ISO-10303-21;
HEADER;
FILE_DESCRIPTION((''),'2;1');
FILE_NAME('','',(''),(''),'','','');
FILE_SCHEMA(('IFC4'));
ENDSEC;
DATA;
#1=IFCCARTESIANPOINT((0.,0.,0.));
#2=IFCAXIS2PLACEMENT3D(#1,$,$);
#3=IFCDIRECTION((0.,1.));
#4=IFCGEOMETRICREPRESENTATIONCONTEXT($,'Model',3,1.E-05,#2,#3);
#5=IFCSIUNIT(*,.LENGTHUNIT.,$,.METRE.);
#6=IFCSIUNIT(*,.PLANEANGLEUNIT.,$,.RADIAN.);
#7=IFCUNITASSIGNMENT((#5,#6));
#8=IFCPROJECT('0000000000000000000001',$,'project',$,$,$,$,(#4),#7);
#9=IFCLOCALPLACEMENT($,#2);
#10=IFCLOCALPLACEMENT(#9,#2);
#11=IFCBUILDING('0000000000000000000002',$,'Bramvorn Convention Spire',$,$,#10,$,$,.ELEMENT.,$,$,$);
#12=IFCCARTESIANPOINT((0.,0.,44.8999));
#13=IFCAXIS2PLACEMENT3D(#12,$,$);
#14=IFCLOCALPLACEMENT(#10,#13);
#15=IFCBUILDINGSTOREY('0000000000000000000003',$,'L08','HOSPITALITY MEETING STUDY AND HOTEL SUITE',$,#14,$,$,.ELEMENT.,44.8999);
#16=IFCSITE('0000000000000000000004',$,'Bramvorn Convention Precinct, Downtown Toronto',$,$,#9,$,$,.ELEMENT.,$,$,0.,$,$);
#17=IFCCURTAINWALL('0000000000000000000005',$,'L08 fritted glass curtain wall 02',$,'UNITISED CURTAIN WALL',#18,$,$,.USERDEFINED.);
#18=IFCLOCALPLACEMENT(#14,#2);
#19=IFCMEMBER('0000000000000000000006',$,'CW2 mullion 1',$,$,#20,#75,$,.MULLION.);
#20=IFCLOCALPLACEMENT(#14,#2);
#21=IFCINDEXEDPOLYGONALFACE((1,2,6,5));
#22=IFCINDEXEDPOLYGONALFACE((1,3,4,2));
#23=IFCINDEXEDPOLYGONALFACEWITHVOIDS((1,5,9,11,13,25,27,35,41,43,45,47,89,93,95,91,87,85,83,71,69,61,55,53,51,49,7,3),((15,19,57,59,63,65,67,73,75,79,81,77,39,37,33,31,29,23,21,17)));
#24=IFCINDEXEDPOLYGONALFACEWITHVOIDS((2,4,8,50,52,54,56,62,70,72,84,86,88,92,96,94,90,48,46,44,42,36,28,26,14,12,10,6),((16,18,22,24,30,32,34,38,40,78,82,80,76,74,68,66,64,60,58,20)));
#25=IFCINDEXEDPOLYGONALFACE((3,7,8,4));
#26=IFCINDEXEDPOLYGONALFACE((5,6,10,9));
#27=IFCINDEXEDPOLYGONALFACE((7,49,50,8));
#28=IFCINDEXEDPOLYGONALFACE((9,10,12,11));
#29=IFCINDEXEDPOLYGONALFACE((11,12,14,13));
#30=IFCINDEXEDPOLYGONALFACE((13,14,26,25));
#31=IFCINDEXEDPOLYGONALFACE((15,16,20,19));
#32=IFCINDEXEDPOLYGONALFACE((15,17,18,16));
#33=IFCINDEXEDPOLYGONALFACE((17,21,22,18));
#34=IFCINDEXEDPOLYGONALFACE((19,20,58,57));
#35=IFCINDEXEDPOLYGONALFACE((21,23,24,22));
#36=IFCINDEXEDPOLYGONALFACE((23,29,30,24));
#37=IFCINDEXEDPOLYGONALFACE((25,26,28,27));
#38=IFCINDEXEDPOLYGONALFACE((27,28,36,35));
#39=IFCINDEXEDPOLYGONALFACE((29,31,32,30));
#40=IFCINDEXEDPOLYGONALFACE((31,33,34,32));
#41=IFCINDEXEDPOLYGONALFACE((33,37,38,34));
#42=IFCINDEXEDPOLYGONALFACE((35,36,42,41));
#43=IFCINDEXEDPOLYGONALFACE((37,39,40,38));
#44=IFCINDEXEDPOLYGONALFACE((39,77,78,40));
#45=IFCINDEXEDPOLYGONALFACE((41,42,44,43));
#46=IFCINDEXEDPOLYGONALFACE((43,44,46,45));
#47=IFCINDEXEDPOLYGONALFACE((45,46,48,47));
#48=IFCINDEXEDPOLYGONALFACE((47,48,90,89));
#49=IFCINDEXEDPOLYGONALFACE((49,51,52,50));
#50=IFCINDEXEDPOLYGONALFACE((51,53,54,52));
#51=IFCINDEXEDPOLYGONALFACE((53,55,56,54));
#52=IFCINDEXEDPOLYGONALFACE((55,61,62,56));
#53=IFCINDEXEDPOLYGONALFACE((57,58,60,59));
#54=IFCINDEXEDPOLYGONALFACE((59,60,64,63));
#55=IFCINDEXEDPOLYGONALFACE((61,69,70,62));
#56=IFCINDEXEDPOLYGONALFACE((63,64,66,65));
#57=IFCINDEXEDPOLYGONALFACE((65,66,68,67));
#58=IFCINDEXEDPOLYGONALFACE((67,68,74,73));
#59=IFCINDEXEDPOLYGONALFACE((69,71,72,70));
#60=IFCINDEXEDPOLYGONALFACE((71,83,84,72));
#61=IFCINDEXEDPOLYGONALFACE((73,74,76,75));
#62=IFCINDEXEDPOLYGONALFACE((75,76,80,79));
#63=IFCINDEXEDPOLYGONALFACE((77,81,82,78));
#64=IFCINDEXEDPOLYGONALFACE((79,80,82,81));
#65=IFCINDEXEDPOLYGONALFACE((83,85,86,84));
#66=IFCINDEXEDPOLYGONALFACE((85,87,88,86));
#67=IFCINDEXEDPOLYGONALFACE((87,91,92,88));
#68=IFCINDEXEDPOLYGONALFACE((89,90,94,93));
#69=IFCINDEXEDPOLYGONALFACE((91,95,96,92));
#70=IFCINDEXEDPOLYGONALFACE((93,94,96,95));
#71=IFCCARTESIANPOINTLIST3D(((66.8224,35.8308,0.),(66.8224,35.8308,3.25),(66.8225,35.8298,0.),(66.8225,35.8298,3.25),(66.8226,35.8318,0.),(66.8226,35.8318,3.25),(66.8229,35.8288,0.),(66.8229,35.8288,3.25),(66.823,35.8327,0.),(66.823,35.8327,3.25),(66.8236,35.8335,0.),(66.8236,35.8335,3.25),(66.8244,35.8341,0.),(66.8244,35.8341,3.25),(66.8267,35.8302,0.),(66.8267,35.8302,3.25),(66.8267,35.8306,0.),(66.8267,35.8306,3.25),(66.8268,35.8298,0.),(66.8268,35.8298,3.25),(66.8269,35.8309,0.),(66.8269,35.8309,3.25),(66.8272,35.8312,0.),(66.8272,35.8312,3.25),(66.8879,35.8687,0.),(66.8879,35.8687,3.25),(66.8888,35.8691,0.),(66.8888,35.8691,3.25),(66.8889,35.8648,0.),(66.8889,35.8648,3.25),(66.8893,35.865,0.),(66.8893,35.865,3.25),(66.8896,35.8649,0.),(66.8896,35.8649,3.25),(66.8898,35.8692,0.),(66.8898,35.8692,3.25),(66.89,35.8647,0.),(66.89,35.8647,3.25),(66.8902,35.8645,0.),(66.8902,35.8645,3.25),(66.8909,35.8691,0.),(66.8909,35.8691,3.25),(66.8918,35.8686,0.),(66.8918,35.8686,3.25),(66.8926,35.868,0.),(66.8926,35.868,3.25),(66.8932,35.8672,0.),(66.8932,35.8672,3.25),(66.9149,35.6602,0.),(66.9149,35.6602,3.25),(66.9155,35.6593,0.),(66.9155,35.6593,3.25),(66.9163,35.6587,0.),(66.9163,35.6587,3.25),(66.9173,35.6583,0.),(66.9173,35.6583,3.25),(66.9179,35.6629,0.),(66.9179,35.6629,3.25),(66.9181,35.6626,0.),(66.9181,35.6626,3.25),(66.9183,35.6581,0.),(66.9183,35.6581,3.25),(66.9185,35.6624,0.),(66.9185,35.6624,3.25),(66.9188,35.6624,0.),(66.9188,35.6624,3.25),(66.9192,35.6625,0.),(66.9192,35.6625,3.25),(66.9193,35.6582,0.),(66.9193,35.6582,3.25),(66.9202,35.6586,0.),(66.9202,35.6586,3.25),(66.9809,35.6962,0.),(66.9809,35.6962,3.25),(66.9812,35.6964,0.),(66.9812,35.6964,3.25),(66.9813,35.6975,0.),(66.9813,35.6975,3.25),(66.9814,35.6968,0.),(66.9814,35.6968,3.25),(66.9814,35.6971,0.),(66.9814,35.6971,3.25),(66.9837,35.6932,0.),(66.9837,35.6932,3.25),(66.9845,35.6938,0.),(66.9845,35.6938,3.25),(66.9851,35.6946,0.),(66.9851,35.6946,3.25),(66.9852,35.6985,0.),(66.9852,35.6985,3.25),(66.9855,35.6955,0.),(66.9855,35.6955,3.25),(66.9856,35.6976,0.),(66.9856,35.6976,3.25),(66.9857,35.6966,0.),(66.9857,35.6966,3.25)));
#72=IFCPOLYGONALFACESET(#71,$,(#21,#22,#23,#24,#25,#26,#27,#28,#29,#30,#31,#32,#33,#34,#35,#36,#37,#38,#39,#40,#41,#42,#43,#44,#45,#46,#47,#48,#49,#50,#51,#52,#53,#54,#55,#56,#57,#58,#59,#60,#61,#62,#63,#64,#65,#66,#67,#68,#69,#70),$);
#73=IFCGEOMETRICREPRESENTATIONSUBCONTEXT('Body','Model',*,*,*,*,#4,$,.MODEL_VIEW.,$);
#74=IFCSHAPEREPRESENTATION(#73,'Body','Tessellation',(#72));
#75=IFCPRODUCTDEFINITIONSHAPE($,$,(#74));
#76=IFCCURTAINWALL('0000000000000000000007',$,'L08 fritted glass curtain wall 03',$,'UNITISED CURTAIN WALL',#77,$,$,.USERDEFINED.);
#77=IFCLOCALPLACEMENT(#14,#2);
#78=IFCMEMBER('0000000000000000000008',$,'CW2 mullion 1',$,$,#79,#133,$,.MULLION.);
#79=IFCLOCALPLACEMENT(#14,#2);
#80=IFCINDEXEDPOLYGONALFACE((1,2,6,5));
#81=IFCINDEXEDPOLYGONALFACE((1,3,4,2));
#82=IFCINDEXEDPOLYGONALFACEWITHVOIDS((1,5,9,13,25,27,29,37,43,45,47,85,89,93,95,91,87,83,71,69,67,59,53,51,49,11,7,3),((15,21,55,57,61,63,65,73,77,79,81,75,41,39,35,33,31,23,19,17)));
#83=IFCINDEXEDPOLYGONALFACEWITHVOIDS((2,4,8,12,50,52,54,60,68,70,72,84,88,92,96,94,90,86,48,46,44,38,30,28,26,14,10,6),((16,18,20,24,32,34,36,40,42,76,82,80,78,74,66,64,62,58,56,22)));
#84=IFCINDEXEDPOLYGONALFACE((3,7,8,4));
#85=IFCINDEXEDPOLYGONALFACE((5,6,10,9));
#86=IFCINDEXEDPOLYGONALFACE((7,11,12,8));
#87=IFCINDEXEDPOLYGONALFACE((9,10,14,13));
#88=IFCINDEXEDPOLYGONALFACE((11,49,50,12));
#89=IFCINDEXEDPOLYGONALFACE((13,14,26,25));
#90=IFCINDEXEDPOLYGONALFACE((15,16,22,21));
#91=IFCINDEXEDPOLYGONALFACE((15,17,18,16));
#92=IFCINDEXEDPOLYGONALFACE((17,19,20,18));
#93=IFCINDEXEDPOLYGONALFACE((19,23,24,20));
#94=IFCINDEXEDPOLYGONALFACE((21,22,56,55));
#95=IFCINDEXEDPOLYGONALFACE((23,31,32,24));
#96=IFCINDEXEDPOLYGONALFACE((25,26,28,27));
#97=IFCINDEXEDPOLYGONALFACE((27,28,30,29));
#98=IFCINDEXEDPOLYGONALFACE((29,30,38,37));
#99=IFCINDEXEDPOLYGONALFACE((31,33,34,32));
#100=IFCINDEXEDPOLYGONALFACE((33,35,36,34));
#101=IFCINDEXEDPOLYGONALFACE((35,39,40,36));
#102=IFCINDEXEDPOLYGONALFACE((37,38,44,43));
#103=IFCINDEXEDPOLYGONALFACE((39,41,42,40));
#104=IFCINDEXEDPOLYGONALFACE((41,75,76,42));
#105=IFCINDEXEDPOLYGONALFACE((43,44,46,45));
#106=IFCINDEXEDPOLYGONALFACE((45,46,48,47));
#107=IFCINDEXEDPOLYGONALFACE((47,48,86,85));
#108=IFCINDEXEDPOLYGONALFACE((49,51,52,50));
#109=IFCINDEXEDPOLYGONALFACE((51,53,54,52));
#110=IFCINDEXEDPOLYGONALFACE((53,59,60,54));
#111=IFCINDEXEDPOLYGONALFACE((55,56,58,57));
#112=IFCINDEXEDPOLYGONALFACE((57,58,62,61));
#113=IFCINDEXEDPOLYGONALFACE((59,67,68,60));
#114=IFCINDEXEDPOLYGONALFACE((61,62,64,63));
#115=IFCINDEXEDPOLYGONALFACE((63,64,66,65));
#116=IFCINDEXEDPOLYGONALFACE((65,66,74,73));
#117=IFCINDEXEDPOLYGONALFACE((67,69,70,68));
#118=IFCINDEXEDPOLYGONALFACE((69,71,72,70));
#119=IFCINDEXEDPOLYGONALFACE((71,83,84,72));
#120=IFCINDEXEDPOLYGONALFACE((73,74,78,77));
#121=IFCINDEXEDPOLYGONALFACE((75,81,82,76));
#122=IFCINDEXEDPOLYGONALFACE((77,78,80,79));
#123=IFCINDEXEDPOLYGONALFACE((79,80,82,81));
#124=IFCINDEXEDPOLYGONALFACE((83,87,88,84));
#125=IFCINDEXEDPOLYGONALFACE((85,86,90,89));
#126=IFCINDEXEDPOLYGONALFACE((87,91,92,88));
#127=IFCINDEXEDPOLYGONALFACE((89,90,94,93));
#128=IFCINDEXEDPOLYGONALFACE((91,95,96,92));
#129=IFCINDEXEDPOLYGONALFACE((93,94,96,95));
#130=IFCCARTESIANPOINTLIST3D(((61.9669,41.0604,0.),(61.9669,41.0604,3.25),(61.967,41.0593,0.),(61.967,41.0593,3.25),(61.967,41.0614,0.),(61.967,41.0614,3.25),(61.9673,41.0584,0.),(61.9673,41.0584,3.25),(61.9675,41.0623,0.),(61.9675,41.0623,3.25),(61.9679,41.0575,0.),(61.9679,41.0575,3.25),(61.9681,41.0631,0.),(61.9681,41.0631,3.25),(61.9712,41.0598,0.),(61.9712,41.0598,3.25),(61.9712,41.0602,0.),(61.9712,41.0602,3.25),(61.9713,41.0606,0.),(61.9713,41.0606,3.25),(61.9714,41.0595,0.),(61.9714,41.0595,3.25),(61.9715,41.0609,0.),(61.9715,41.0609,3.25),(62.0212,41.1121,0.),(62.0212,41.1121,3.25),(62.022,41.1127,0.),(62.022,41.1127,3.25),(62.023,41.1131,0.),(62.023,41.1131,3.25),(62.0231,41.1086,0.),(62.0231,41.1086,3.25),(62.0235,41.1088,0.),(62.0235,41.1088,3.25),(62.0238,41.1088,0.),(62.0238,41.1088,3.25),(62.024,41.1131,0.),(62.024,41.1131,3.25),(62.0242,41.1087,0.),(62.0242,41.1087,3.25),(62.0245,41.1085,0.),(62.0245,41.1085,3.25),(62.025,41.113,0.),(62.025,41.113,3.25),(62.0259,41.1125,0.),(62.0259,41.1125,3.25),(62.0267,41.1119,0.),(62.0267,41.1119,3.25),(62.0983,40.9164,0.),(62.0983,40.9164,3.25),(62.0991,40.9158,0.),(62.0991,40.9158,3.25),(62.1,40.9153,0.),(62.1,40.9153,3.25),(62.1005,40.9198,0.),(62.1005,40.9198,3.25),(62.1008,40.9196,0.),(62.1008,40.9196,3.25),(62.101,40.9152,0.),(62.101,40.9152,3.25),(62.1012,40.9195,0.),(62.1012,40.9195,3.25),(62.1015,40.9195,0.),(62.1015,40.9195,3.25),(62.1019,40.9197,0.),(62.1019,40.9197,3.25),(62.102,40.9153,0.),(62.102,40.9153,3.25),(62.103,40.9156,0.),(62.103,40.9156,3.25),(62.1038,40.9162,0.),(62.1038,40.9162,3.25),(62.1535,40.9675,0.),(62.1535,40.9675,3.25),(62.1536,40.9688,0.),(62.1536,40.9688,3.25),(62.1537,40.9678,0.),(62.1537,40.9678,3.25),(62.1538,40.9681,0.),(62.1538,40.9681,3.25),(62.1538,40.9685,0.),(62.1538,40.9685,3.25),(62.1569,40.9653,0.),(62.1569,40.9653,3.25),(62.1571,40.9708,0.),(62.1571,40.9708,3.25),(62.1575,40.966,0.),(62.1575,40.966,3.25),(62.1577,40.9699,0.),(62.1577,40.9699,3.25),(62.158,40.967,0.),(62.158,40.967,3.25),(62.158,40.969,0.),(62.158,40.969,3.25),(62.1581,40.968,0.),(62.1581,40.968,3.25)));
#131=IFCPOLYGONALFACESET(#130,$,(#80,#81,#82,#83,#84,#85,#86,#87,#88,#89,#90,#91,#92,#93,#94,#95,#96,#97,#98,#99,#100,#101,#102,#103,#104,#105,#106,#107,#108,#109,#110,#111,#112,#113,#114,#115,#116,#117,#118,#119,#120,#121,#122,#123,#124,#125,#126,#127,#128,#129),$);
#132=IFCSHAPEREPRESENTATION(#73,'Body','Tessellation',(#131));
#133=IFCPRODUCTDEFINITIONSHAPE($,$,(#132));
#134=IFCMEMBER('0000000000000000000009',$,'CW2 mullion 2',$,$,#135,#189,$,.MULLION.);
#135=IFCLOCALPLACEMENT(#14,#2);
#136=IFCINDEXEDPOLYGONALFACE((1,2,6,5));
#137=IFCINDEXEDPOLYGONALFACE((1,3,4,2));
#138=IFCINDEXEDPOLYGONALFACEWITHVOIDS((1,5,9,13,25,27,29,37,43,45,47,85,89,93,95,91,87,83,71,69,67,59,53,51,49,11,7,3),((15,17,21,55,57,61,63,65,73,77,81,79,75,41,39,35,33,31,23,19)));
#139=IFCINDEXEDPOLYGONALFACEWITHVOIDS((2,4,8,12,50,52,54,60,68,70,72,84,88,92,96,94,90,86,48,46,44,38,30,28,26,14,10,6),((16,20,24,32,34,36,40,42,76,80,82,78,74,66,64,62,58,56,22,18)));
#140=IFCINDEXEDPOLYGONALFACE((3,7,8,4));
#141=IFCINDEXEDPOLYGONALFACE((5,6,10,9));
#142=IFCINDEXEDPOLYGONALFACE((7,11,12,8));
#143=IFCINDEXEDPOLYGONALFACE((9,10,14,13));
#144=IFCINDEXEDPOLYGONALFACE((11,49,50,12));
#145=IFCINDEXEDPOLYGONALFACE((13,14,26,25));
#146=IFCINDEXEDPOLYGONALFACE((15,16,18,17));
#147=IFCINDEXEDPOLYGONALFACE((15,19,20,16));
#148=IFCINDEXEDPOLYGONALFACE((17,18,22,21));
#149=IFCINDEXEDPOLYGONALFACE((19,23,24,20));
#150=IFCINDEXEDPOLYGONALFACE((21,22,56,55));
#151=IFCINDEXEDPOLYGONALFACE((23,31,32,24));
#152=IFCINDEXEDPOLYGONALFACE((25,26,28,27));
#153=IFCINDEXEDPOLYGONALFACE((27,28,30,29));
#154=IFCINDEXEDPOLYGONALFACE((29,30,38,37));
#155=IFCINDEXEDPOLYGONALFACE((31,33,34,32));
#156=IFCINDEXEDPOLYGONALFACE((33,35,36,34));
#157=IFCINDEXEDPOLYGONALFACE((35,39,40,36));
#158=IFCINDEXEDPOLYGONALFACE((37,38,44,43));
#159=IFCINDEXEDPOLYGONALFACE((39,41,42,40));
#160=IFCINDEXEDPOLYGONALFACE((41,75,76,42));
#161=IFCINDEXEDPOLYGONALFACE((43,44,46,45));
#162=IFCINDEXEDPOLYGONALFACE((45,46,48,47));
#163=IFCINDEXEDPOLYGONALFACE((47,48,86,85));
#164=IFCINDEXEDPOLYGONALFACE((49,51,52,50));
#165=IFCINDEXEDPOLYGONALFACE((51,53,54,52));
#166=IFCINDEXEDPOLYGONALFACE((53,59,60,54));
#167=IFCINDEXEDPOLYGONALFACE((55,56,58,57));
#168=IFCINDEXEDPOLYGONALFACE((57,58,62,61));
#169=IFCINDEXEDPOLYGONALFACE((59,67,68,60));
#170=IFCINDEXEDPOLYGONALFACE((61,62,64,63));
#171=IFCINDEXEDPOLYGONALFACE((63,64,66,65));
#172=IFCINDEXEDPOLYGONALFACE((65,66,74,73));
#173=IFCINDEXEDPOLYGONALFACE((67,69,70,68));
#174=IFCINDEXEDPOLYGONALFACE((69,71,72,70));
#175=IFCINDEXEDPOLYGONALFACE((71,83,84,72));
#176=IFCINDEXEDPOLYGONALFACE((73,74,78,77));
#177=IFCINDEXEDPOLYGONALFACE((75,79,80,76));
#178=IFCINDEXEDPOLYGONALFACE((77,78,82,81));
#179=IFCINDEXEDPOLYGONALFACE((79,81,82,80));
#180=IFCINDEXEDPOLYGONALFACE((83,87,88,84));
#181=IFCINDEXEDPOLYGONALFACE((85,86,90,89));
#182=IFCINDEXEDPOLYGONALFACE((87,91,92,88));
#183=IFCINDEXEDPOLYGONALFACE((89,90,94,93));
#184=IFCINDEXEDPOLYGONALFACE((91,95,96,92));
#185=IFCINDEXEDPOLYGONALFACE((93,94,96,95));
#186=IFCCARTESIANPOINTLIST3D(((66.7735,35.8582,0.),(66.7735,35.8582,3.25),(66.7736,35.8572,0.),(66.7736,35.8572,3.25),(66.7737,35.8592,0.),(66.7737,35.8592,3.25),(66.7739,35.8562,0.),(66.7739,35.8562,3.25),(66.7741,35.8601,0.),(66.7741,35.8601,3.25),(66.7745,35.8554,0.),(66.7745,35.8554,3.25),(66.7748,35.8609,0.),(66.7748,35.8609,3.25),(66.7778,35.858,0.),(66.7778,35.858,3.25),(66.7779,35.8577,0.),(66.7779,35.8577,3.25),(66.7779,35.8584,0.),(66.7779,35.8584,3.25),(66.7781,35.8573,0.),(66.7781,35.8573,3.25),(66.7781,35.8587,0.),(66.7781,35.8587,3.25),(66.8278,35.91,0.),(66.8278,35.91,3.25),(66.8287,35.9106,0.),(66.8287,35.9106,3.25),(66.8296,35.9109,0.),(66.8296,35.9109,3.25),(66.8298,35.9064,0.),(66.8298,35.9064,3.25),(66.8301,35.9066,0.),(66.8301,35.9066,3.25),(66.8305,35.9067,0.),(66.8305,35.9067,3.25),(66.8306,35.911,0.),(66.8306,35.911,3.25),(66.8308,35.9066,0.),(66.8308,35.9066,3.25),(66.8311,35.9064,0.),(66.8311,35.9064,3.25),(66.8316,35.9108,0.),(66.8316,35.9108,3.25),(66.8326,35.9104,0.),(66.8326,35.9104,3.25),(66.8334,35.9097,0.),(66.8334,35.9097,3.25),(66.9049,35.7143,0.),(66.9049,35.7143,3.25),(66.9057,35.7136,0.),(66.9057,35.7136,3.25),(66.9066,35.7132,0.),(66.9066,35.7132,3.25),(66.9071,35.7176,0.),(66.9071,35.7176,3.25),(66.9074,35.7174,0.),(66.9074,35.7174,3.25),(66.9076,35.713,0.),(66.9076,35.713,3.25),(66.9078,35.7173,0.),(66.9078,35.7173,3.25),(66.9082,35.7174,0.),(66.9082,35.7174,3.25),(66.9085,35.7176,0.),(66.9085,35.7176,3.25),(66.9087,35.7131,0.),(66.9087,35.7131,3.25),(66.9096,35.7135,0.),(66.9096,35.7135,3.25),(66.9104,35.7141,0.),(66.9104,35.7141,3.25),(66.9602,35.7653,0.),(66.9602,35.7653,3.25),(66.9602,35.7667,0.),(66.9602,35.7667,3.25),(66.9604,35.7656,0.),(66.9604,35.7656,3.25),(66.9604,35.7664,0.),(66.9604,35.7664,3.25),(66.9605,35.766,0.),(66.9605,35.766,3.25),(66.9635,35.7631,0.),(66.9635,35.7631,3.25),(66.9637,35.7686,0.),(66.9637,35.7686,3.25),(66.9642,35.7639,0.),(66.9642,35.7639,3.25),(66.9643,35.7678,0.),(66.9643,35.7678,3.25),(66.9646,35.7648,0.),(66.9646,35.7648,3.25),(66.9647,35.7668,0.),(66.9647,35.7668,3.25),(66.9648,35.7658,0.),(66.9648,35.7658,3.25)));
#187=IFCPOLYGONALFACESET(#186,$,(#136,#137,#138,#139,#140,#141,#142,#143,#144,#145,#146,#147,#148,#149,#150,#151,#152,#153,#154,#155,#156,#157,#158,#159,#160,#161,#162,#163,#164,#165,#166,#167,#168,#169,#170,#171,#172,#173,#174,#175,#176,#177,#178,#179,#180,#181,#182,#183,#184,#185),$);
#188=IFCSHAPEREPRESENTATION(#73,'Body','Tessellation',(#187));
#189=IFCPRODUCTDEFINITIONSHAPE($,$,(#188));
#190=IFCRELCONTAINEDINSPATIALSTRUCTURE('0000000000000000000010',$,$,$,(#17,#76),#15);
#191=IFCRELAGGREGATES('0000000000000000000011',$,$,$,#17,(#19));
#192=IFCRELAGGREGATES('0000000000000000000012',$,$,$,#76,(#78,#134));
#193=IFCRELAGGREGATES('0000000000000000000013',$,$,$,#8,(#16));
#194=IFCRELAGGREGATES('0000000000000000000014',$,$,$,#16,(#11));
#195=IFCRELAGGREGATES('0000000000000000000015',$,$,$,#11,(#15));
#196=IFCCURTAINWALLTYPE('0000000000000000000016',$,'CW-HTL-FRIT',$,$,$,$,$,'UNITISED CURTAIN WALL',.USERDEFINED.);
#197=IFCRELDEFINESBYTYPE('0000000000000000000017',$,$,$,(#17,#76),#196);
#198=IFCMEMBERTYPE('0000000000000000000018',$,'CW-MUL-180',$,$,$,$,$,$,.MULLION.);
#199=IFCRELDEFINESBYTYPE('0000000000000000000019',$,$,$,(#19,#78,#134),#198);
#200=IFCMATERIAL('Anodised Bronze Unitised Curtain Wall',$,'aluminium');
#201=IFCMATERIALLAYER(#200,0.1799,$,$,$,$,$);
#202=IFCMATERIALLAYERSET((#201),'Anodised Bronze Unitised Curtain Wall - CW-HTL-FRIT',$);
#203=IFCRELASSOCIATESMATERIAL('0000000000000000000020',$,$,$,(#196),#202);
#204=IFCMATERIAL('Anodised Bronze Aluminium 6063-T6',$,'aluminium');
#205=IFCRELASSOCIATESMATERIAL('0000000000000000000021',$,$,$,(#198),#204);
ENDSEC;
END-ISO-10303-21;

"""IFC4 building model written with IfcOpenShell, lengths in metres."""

from ifc_helpers import new_model, si_unit, direction, frame, origin, origin_2d, place, context, subcontext, project, spatial, hollow_rectangle, extrude, material, layer, layer_set, material_profile, profile_set, type_object, element, aggregate, save


model = new_model("IFC4")

# Units and contexts
model_context = context("Model", 3, precision=1e-05, world=origin(), true_north=direction((0.0, 1.0)))
body_context = subcontext(model_context, "Body", "Model", "MODEL_VIEW")
ifc_project = project(units=[si_unit("LENGTHUNIT", "METRE"), si_unit("PLANEANGLEUNIT", "RADIAN")], contexts=[model_context])

# Site, building, storey
site_placement = place(None, origin())
site = spatial("IfcSite", under=ifc_project, at=site_placement, Name="Bramvorn Convention Precinct, Downtown Toronto", CompositionType="ELEMENT", RefElevation=0.0)
building_placement = place(site_placement, origin())
building = spatial("IfcBuilding", under=site, at=building_placement, Name="Bramvorn Convention Spire", CompositionType="ELEMENT")
storey_placement = place(building_placement, frame((0.0, 0.0, 44.8999)))
storey = spatial("IfcBuildingStorey", under=building, at=storey_placement, Name="L08", Description="HOSPITALITY MEETING STUDY AND HOTEL SUITE", CompositionType="ELEMENT", Elevation=44.8999)

# Curtain wall, member
ifc_material_1 = material(Name="Anodised Bronze Unitised Curtain Wall", Category="aluminium")
ifc_layer_1 = layer(ifc_material_1, 0.1799)
ifc_layer_set_1 = layer_set([ifc_layer_1], Name="Anodised Bronze Unitised Curtain Wall - CW-HTL-FRIT")
curtain_wall_type = type_object("IfcCurtainWallType", Name="CW-HTL-FRIT", ElementType="UNITISED CURTAIN WALL", PredefinedType="USERDEFINED", material=ifc_layer_set_1)
curtain_wall_1_placement = place(storey_placement, origin())
curtain_wall_1 = element("IfcCurtainWall", 1, at=curtain_wall_1_placement, inside=storey, type_object=curtain_wall_type, Name="L08 fritted glass curtain wall 02", ObjectType="UNITISED CURTAIN WALL", PredefinedType="USERDEFINED")
ifc_material_2 = material(Name="Anodised Bronze Aluminium 6063-T6", Category="aluminium")
ifc_material_profile_1 = material_profile(ifc_material_2, hollow_rectangle(XDim=0.0801, YDim=0.2, WallThickness=0.0039, InnerFilletRadius=0.001, OuterFilletRadius=0.0039, at=origin_2d()))
ifc_profile_set_1 = profile_set([ifc_material_profile_1], Name="Anodised Bronze Aluminium 6063-T6 - CWM80X200")
member_type_1 = type_object("IfcMemberType", Name="CW-MUL-180", PredefinedType="MULLION", material=ifc_profile_set_1)
member_1_placement = place(storey_placement, frame((66.9041, 35.7637, 0.0), z_axis=(0.0, 0.0, 1.0), x_axis=(0.877812, 0.479006, 0.0)))
member_1 = element("IfcMember", 2, at=member_1_placement, type_object=member_type_1, Name="CW2 mullion 1", PredefinedType="MULLION", context=body_context, shape_type="SweptSolid", body=[
    extrude(hollow_rectangle(XDim=0.0801, YDim=0.2, WallThickness=0.0039, InnerFilletRadius=0.001, OuterFilletRadius=0.0039, at=origin_2d()), origin(), (0.0, 0.0, 1.0), 3.25),
])

# Curtain wall, members
curtain_wall_2_placement = place(storey_placement, origin())
curtain_wall_2 = element("IfcCurtainWall", 3, at=curtain_wall_2_placement, inside=storey, type_object=curtain_wall_type, Name="L08 fritted glass curtain wall 03", ObjectType="UNITISED CURTAIN WALL", PredefinedType="USERDEFINED")
member_2_placement = place(storey_placement, frame((62.0625, 41.0142, 0.0), z_axis=(0.0, 0.0, 1.0), x_axis=(0.734478, 0.678632, 0.0)))
member_2 = element("IfcMember", 4, at=member_2_placement, type_object=member_type_1, Name="CW2 mullion 1", PredefinedType="MULLION", context=body_context, shape_type="SweptSolid", body=[
    extrude(hollow_rectangle(XDim=0.0801, YDim=0.2, WallThickness=0.0039, InnerFilletRadius=0.001, OuterFilletRadius=0.0039, at=origin_2d()), origin(), (0.0, 0.0, 1.0), 3.25),
])
member_3_placement = place(storey_placement, frame((66.8691, 35.812, 0.0), z_axis=(0.0, 0.0, 1.0), x_axis=(0.734478, 0.678632, 0.0)))
member_3 = element("IfcMember", 5, at=member_3_placement, type_object=member_type_1, Name="CW2 mullion 2", PredefinedType="MULLION", context=body_context, shape_type="SweptSolid", body=[
    extrude(hollow_rectangle(XDim=0.0801, YDim=0.2, WallThickness=0.0039, InnerFilletRadius=0.001, OuterFilletRadius=0.0039, at=origin_2d()), origin(), (0.0, 0.0, 1.0), 3.25),
])

aggregate(curtain_wall_1, [member_1])

aggregate(curtain_wall_2, [member_2, member_3])

save(model, "model.ifc")
